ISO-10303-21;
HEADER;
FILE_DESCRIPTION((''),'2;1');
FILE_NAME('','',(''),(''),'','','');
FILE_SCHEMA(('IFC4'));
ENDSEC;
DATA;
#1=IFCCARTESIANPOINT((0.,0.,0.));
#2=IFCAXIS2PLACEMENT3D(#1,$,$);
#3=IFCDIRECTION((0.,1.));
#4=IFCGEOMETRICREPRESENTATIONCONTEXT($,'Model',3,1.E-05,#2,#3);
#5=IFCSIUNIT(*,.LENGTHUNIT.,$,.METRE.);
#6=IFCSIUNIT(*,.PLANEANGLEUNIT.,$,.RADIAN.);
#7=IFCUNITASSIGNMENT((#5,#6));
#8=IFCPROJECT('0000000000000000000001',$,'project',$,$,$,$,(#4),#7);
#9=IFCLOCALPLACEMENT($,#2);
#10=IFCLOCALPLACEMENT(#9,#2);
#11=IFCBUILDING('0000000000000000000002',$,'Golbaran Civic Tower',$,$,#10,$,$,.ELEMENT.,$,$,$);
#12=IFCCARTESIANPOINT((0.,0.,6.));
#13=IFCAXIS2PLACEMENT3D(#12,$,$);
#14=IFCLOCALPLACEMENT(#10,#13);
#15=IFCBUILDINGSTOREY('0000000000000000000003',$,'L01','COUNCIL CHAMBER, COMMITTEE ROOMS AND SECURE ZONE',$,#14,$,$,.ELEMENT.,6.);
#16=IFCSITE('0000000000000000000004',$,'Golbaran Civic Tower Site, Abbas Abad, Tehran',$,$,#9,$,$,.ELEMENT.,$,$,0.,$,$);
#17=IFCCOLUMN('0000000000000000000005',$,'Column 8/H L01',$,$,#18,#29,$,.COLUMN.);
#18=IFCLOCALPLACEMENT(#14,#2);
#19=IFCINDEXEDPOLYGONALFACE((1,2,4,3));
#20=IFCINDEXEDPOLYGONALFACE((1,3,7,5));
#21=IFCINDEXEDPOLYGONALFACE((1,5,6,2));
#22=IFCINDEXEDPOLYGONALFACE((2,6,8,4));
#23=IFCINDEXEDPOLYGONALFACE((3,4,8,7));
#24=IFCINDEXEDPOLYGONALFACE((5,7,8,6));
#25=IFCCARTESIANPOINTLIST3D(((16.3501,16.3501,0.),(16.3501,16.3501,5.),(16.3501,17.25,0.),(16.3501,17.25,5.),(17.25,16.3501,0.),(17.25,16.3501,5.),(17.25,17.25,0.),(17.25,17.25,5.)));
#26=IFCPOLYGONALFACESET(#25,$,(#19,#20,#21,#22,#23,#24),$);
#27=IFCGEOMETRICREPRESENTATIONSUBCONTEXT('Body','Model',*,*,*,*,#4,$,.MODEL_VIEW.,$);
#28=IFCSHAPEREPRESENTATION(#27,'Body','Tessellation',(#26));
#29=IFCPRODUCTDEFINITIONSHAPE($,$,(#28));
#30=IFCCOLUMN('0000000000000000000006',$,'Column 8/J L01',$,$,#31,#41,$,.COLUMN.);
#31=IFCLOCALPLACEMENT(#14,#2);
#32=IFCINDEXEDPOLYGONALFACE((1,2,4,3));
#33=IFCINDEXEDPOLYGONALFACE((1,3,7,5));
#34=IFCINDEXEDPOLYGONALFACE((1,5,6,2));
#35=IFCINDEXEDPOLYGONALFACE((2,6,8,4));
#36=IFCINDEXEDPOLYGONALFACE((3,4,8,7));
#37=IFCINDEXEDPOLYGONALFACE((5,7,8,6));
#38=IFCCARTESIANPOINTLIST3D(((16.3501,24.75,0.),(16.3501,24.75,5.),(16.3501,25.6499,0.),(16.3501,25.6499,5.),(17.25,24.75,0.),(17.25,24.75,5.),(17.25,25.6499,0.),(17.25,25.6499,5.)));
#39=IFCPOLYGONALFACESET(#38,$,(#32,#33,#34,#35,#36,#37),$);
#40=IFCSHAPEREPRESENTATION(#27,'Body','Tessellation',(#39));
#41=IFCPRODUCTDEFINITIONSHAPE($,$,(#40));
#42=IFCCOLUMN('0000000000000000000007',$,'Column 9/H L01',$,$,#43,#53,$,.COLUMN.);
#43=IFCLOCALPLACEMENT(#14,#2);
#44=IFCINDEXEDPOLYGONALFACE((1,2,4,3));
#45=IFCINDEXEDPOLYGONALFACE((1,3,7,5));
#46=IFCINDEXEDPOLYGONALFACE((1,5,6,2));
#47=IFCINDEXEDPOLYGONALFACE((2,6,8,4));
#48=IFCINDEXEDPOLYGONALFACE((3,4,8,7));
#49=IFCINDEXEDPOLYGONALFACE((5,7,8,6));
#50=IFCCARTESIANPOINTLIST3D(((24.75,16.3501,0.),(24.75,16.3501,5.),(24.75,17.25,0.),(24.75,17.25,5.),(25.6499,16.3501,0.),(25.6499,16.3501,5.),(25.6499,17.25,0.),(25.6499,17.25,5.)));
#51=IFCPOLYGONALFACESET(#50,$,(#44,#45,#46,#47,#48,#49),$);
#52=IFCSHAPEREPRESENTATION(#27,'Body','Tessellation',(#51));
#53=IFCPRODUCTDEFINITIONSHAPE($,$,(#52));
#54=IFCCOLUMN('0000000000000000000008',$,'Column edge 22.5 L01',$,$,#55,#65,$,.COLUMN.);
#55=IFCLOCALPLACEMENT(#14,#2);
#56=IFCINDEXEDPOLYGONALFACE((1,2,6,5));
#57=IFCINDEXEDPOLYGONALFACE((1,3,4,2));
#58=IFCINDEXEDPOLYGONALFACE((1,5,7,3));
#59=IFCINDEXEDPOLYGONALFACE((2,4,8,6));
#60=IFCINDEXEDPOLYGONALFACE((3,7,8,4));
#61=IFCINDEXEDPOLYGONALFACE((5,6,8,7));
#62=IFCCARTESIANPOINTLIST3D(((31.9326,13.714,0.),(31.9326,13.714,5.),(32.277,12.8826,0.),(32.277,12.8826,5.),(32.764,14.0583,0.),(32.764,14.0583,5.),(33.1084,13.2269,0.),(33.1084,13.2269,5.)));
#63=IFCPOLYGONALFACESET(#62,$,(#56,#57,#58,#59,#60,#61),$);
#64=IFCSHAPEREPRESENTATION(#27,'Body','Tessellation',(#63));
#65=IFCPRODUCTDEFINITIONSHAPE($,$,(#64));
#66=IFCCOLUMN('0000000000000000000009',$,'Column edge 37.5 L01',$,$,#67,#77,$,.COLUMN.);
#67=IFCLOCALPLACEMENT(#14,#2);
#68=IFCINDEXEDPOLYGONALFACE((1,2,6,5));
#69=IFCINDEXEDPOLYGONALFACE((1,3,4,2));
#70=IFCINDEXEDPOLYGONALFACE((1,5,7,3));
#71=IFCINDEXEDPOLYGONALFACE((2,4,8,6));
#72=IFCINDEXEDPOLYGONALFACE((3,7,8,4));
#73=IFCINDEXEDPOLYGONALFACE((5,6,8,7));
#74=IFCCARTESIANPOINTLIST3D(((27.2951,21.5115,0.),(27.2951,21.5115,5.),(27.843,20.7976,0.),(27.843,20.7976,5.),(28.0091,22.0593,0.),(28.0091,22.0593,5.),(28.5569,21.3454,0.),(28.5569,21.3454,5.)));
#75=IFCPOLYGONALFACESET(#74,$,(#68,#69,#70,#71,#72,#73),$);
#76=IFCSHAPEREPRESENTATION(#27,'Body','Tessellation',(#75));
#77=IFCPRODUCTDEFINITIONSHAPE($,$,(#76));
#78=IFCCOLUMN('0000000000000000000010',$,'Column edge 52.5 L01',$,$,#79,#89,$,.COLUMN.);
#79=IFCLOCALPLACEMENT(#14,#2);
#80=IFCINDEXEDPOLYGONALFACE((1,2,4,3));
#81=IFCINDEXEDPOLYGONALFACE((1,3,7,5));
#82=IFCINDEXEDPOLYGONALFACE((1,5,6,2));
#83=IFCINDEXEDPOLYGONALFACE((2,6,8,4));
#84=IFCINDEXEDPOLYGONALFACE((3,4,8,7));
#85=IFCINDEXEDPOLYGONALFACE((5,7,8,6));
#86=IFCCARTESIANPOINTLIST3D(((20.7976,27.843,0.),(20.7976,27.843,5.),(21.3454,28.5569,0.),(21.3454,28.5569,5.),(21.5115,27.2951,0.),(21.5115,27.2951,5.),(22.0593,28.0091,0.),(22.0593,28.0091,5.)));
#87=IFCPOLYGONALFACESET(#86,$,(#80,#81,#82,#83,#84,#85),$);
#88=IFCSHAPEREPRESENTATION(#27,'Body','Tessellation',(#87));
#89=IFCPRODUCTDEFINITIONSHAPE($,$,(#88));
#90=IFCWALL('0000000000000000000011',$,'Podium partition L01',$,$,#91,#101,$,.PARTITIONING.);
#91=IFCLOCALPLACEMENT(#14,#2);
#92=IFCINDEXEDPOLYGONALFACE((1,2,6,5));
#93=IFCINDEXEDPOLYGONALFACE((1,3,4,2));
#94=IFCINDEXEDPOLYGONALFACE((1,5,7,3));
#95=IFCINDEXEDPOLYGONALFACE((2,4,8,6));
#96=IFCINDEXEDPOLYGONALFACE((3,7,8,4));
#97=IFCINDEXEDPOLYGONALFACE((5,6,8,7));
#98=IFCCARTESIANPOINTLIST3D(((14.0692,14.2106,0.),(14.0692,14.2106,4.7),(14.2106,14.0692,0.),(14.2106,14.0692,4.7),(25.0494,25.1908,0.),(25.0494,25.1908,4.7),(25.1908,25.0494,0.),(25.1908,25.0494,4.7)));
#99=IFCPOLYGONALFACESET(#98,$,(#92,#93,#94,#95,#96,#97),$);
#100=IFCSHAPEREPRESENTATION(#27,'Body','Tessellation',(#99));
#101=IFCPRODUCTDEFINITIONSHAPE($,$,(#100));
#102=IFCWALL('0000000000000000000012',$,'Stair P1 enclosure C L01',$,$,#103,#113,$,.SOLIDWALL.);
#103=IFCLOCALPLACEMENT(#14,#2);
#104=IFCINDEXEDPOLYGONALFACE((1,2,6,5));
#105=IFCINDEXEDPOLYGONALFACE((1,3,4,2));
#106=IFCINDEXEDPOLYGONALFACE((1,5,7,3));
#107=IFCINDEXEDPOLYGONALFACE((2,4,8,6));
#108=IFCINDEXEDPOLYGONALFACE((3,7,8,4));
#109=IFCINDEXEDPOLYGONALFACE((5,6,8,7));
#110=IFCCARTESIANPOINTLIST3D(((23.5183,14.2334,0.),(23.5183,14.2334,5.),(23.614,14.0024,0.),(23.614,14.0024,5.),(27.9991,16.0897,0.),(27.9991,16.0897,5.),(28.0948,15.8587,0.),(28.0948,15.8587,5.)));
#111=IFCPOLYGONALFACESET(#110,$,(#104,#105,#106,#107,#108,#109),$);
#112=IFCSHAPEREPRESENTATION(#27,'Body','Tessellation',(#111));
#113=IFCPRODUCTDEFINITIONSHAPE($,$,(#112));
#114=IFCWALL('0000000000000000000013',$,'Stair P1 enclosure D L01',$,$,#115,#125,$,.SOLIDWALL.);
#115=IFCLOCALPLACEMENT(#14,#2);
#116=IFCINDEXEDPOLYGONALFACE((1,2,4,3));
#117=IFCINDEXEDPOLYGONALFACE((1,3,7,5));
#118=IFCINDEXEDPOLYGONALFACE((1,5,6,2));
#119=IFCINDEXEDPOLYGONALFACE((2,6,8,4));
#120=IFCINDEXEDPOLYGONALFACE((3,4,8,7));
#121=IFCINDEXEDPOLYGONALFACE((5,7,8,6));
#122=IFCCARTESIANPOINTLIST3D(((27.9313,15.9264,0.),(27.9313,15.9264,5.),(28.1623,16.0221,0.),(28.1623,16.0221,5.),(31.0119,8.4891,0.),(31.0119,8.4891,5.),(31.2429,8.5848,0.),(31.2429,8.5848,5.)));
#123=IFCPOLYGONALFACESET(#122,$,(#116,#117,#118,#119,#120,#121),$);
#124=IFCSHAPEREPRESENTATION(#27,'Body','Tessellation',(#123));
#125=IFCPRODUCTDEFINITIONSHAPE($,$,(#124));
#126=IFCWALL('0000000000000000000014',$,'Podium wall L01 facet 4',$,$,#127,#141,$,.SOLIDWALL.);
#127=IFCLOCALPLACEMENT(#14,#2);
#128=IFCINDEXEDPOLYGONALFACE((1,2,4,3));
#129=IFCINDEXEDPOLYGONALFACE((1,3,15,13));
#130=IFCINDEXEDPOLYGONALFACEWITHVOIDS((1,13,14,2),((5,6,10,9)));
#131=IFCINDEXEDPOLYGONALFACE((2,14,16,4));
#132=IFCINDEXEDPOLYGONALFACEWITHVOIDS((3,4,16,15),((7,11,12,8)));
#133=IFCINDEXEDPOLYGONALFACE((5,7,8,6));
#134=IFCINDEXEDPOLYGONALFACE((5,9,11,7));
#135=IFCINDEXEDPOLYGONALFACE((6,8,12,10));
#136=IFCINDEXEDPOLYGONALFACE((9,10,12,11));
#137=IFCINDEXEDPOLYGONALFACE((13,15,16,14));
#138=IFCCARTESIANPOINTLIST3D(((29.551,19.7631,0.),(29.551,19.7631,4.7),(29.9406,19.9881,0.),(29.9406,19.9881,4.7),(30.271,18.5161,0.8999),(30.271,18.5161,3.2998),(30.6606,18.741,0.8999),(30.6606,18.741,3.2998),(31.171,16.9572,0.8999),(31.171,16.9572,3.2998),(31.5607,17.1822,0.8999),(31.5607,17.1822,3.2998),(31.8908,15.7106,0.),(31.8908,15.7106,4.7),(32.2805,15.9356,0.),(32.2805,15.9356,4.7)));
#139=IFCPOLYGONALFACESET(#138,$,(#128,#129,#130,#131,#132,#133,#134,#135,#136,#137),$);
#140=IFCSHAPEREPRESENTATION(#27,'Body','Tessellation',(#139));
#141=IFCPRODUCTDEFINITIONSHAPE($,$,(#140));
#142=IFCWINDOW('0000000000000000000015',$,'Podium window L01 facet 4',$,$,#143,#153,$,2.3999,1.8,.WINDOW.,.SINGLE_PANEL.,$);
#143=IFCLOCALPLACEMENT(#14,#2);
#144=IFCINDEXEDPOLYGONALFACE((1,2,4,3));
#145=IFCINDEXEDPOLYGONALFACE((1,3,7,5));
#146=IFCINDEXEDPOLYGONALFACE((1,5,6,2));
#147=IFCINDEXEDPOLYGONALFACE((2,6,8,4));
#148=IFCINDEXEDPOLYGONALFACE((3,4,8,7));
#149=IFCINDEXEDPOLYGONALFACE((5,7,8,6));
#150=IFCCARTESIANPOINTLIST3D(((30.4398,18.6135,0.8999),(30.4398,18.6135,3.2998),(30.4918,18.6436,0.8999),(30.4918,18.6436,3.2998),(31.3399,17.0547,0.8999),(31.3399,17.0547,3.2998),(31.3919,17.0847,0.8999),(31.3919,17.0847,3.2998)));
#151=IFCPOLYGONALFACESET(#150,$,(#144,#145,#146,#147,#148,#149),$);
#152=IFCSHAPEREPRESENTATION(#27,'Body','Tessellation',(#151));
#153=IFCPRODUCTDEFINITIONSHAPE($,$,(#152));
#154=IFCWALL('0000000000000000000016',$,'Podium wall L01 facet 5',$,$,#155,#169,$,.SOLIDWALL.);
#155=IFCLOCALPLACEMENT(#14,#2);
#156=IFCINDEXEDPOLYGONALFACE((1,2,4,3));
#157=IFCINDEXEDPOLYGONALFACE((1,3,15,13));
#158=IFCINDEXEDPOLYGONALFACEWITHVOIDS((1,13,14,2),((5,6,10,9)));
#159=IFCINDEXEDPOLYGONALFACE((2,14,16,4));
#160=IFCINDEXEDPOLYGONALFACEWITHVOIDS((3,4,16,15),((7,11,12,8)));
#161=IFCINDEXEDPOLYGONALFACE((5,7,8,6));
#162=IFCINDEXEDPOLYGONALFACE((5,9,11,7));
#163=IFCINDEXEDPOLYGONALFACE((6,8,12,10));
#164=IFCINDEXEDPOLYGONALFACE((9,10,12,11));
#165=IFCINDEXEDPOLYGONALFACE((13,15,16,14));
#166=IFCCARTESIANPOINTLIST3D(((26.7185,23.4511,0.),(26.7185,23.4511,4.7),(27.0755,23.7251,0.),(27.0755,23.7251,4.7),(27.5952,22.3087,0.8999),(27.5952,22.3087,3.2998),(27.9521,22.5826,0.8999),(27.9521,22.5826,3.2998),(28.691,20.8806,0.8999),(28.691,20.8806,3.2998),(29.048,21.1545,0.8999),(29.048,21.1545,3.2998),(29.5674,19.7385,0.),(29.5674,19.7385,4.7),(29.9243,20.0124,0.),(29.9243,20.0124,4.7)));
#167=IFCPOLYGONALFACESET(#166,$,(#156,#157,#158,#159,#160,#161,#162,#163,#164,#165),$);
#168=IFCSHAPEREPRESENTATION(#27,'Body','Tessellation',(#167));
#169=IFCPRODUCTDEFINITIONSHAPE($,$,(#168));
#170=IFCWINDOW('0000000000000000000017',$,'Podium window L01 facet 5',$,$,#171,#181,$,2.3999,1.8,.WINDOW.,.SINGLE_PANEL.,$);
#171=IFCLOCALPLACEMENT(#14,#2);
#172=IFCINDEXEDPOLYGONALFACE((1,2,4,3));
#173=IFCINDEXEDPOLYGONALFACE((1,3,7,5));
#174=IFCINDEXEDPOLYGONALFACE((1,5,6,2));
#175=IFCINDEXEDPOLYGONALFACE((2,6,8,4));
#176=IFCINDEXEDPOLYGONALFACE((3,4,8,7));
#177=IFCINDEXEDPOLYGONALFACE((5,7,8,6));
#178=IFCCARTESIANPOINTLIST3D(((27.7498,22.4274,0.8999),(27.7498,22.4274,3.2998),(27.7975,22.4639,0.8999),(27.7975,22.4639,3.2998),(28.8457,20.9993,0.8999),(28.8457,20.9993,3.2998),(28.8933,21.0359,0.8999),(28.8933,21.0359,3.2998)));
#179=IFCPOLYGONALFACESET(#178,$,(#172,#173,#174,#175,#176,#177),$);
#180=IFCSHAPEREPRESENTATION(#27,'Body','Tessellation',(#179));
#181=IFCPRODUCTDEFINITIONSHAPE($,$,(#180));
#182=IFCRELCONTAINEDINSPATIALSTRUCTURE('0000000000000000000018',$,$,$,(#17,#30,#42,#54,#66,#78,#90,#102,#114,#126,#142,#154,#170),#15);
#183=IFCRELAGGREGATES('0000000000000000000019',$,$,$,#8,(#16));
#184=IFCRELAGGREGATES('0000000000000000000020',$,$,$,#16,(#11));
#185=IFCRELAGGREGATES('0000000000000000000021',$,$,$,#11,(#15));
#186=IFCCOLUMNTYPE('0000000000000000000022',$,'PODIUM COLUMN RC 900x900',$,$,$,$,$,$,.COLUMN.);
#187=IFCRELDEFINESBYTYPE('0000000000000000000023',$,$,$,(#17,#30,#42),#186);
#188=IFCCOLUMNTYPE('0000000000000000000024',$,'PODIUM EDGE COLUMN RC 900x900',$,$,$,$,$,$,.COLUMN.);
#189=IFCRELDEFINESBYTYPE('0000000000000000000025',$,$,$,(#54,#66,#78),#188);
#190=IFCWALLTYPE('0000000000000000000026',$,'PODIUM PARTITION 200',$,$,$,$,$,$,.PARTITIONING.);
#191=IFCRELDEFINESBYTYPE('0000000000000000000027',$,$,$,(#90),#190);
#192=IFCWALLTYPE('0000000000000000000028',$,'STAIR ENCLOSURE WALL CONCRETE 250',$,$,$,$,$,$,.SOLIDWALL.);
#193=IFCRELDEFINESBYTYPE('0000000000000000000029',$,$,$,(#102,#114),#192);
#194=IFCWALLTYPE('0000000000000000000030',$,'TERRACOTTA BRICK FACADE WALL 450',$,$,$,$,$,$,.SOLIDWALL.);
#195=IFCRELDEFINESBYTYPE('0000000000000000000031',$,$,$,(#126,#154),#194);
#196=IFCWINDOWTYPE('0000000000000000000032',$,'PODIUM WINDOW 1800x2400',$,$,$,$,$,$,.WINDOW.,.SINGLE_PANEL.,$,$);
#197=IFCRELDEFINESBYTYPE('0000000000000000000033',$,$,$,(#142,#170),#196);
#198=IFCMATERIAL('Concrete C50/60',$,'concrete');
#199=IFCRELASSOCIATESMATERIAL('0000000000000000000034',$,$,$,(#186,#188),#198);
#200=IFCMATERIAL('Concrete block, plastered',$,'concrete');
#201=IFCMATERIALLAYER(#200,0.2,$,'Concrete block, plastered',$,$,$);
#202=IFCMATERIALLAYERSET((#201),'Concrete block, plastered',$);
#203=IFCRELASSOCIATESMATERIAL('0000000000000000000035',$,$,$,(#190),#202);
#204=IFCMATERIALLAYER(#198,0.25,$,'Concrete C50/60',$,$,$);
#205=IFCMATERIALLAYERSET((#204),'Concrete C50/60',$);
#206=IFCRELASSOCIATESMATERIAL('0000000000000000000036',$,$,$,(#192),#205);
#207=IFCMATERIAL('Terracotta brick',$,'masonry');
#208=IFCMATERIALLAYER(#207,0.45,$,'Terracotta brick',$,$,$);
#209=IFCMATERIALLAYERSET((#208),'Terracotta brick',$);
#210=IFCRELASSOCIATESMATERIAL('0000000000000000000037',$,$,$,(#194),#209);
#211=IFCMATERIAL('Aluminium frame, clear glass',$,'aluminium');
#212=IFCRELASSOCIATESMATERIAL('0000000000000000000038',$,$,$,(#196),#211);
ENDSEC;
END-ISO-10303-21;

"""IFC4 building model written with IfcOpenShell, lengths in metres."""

from ifc_helpers import new_model, si_unit, direction, frame, frame_2d, origin, origin_2d, place, context, subcontext, project, spatial, rectangle, extrude, material, layer, layer_set, material_profile, profile_set, type_object, element, fill, save


model = new_model("IFC4")

# Units and contexts
model_context = context("Model", 3, precision=1e-05, world=origin(), true_north=direction((0.0, 1.0)))
body_context = subcontext(model_context, "Body", "Model", "MODEL_VIEW")
ifc_project = project(units=[si_unit("LENGTHUNIT", "METRE"), si_unit("PLANEANGLEUNIT", "RADIAN")], contexts=[model_context])

# Site, building, storey
site_placement = place(None, origin())
site = spatial("IfcSite", under=ifc_project, at=site_placement, Name="Golbaran Civic Tower Site, Abbas Abad, Tehran", CompositionType="ELEMENT", RefElevation=0.0)
building_placement = place(site_placement, origin())
building = spatial("IfcBuilding", under=site, at=building_placement, Name="Golbaran Civic Tower", CompositionType="ELEMENT")
storey_placement = place(building_placement, frame((0.0, 0.0, 6.0)))
storey = spatial("IfcBuildingStorey", under=building, at=storey_placement, Name="L01", Description="COUNCIL CHAMBER, COMMITTEE ROOMS AND SECURE ZONE", CompositionType="ELEMENT", Elevation=6.0)

# Columns
ifc_material_1 = material(Name="Concrete C50/60", Category="concrete")
ifc_material_profile_1 = material_profile(ifc_material_1, rectangle(XDim=0.8999, YDim=0.8999, at=origin_2d()), Name="RC 900x900")
ifc_profile_set_1 = profile_set([ifc_material_profile_1], Name="Concrete C50/60")
column_type_1 = type_object("IfcColumnType", Name="PODIUM COLUMN RC 900x900", PredefinedType="COLUMN", material=ifc_profile_set_1)
for number, where, z_axis, x_axis, name in (
    (1, (16.8, 16.8, 0.0), (0.0, 0.0, 1.0), (1.0, 0.0, 0.0), "Column 8/H L01"),
    (2, (16.8, 25.2, 0.0), (0.0, 0.0, 1.0), (1.0, 0.0, 0.0), "Column 8/J L01"),
    (3, (25.2, 16.8, 0.0), (0.0, 0.0, 1.0), (1.0, 0.0, 0.0), "Column 9/H L01"),
):
    element("IfcColumn", number, at=place(storey_placement, frame(where, z_axis=z_axis, x_axis=x_axis)), inside=storey, type_object=column_type_1, Name=name, PredefinedType="COLUMN", context=body_context, shape_type="SweptSolid", body=[
        extrude(rectangle(XDim=0.8999, YDim=0.8999, at=origin_2d()), origin(), (0.0, 0.0, 1.0), 5.0),
    ])
ifc_material_profile_2 = material_profile(ifc_material_1, rectangle(XDim=0.8999, YDim=0.8999, at=origin_2d()), Name="RC 900x900")
ifc_profile_set_2 = profile_set([ifc_material_profile_2], Name="Concrete C50/60")
column_type_2 = type_object("IfcColumnType", Name="PODIUM EDGE COLUMN RC 900x900", PredefinedType="COLUMN", material=ifc_profile_set_2)
for number, where, z_axis, x_axis, name in (
    (4, (32.5205, 13.4705, 0.0), (0.0, 0.0, 1.0), (0.92388, 0.382683, 0.0), "Column edge 22.5 L01"),
    (5, (27.926, 21.4285, 0.0), (0.0, 0.0, 1.0), (0.793353, 0.608761, 0.0), "Column edge 37.5 L01"),
    (6, (21.4285, 27.926, 0.0), (0.0, 0.0, 1.0), (0.608761, 0.793353, 0.0), "Column edge 52.5 L01"),
):
    element("IfcColumn", number, at=place(storey_placement, frame(where, z_axis=z_axis, x_axis=x_axis)), inside=storey, type_object=column_type_2, Name=name, PredefinedType="COLUMN", context=body_context, shape_type="SweptSolid", body=[
        extrude(rectangle(XDim=0.8999, YDim=0.8999, at=origin_2d()), origin(), (0.0, 0.0, 1.0), 5.0),
    ])

# Walls
ifc_material_2 = material(Name="Concrete block, plastered", Category="concrete")
ifc_layer_1 = layer(ifc_material_2, 0.2, Name="Concrete block, plastered")
ifc_layer_set_1 = layer_set([ifc_layer_1], Name="Concrete block, plastered")
wall_type_1 = type_object("IfcWallType", Name="PODIUM PARTITION 200", PredefinedType="PARTITIONING", material=ifc_layer_set_1)
wall_1_placement = place(storey_placement, frame((14.1399, 14.1399, 0.0), z_axis=(0.0, 0.0, 1.0), x_axis=(0.707107, 0.707107, 0.0)))
element("IfcWall", 7, at=wall_1_placement, inside=storey, type_object=wall_type_1, Name="Podium partition L01", PredefinedType="PARTITIONING", context=body_context, shape_type="SweptSolid", body=[
    extrude(rectangle(XDim=15.5283, YDim=0.2, at=frame_2d((7.7642, 0.0))), origin(), (0.0, 0.0, 1.0), 4.7),
])
ifc_layer_2 = layer(ifc_material_1, 0.25, Name="Concrete C50/60")
ifc_layer_set_2 = layer_set([ifc_layer_2], Name="Concrete C50/60")
wall_type_2 = type_object("IfcWallType", Name="STAIR ENCLOSURE WALL CONCRETE 250", PredefinedType="SOLIDWALL", material=ifc_layer_set_2)
wall_2_placement = place(storey_placement, frame((23.5662, 14.1179, 0.0), z_axis=(0.0, 0.0, 1.0), x_axis=(0.923863, 0.382724, 0.0)))
element("IfcWall", 8, at=wall_2_placement, inside=storey, type_object=wall_type_2, Name="Stair P1 enclosure C L01", PredefinedType="SOLIDWALL", context=body_context, shape_type="SweptSolid", body=[
    extrude(rectangle(XDim=4.8501, YDim=0.25, at=frame_2d((2.425, 0.0))), origin(), (0.0, 0.0, 1.0), 5.0),
])
wall_3_placement = place(storey_placement, frame((28.0469, 15.9741, 0.0), z_axis=(0.0, 0.0, 1.0), x_axis=(0.382679, -0.923882, 0.0)))
element("IfcWall", 9, at=wall_3_placement, inside=storey, type_object=wall_type_2, Name="Stair P1 enclosure D L01", PredefinedType="SOLIDWALL", context=body_context, shape_type="SweptSolid", body=[
    extrude(rectangle(XDim=8.05, YDim=0.25, at=frame_2d((4.0249, 0.0))), origin(), (0.0, 0.0, 1.0), 5.0),
])

# Walls, openings, windows
ifc_material_3 = material(Name="Terracotta brick", Category="masonry")
ifc_layer_3 = layer(ifc_material_3, 0.45, Name="Terracotta brick")
ifc_layer_set_3 = layer_set([ifc_layer_3], Name="Terracotta brick")
wall_type_3 = type_object("IfcWallType", Name="TERRACOTTA BRICK FACADE WALL 450", PredefinedType="SOLIDWALL", material=ifc_layer_set_3)
wall_4_placement = place(storey_placement, frame((32.0857, 15.823, 0.0), z_axis=(0.0, 0.0, 1.0), x_axis=(-0.500022, 0.866013, 0.0)))
wall_4 = element("IfcWall", 10, at=wall_4_placement, inside=storey, type_object=wall_type_3, Name="Podium wall L01 facet 4", PredefinedType="SOLIDWALL", context=body_context, shape_type="SweptSolid", body=[
    extrude(rectangle(XDim=4.6794, YDim=0.45, at=frame_2d((2.3398, 0.0))), origin(), (0.0, 0.0, 1.0), 4.7),
])
opening_1_placement = place(wall_4_placement, frame((1.4397, 0.0, 0.8999)))
opening_1 = element("IfcOpeningElement", 11, at=opening_1_placement, cuts=wall_4, PredefinedType="OPENING", context=body_context, shape_type="SweptSolid", body=[
    extrude(rectangle(XDim=1.8, YDim=2.3999, at=frame_2d((0.8999, 1.2))), frame((0.0, 0.2349, 0.0), z_axis=(0.0, -1.0, 0.0), x_axis=(1.0, 0.0, 0.0)), (0.0, 0.0, 1.0), 0.47),
])
ifc_material_4 = material(Name="Aluminium frame, clear glass", Category="aluminium")
window_type_1 = type_object("IfcWindowType", Name="PODIUM WINDOW 1800x2400", PartitioningType="SINGLE_PANEL", PredefinedType="WINDOW", material=ifc_material_4)
window_1_placement = place(opening_1_placement, origin())
window_1 = element("IfcWindow", 12, at=window_1_placement, inside=storey, type_object=window_type_1, Name="Podium window L01 facet 4", OverallHeight=2.3999, OverallWidth=1.8, PartitioningType="SINGLE_PANEL", PredefinedType="WINDOW", context=body_context, shape_type="SweptSolid", body=[
    extrude(rectangle(XDim=1.8, YDim=2.3999, at=frame_2d((0.8999, 1.2))), frame((0.0, 0.03, 0.0), z_axis=(0.0, -1.0, 0.0), x_axis=(1.0, 0.0, 0.0)), (0.0, 0.0, 1.0), 0.0601),
])
fill(opening_1, window_1)
wall_5_placement = place(storey_placement, frame((29.7458, 19.8755, 0.0), z_axis=(0.0, 0.0, 1.0), x_axis=(-0.60877, 0.793347, 0.0)))
wall_5 = element("IfcWall", 13, at=wall_5_placement, inside=storey, type_object=wall_type_3, Name="Podium wall L01 facet 5", PredefinedType="SOLIDWALL", context=body_context, shape_type="SweptSolid", body=[
    extrude(rectangle(XDim=4.6797, YDim=0.45, at=frame_2d((2.3398, 0.0))), origin(), (0.0, 0.0, 1.0), 4.7),
])
opening_2_placement = place(wall_5_placement, frame((1.4397, 0.0, 0.8999)))
opening_2 = element("IfcOpeningElement", 14, at=opening_2_placement, cuts=wall_5, PredefinedType="OPENING", context=body_context, shape_type="SweptSolid", body=[
    extrude(rectangle(XDim=1.8, YDim=2.3999, at=frame_2d((0.8999, 1.2))), frame((0.0, 0.2349, 0.0), z_axis=(0.0, -1.0, 0.0), x_axis=(1.0, 0.0, 0.0)), (0.0, 0.0, 1.0), 0.47),
])
window_2_placement = place(opening_2_placement, origin())
window_2 = element("IfcWindow", 15, at=window_2_placement, inside=storey, type_object=window_type_1, Name="Podium window L01 facet 5", OverallHeight=2.3999, OverallWidth=1.8, PartitioningType="SINGLE_PANEL", PredefinedType="WINDOW", context=body_context, shape_type="SweptSolid", body=[
    extrude(rectangle(XDim=1.8, YDim=2.3999, at=frame_2d((0.8999, 1.2))), frame((0.0, 0.03, 0.0), z_axis=(0.0, -1.0, 0.0), x_axis=(1.0, 0.0, 0.0)), (0.0, 0.0, 1.0), 0.0601),
])
fill(opening_2, window_2)

save(model, "model.ifc")
